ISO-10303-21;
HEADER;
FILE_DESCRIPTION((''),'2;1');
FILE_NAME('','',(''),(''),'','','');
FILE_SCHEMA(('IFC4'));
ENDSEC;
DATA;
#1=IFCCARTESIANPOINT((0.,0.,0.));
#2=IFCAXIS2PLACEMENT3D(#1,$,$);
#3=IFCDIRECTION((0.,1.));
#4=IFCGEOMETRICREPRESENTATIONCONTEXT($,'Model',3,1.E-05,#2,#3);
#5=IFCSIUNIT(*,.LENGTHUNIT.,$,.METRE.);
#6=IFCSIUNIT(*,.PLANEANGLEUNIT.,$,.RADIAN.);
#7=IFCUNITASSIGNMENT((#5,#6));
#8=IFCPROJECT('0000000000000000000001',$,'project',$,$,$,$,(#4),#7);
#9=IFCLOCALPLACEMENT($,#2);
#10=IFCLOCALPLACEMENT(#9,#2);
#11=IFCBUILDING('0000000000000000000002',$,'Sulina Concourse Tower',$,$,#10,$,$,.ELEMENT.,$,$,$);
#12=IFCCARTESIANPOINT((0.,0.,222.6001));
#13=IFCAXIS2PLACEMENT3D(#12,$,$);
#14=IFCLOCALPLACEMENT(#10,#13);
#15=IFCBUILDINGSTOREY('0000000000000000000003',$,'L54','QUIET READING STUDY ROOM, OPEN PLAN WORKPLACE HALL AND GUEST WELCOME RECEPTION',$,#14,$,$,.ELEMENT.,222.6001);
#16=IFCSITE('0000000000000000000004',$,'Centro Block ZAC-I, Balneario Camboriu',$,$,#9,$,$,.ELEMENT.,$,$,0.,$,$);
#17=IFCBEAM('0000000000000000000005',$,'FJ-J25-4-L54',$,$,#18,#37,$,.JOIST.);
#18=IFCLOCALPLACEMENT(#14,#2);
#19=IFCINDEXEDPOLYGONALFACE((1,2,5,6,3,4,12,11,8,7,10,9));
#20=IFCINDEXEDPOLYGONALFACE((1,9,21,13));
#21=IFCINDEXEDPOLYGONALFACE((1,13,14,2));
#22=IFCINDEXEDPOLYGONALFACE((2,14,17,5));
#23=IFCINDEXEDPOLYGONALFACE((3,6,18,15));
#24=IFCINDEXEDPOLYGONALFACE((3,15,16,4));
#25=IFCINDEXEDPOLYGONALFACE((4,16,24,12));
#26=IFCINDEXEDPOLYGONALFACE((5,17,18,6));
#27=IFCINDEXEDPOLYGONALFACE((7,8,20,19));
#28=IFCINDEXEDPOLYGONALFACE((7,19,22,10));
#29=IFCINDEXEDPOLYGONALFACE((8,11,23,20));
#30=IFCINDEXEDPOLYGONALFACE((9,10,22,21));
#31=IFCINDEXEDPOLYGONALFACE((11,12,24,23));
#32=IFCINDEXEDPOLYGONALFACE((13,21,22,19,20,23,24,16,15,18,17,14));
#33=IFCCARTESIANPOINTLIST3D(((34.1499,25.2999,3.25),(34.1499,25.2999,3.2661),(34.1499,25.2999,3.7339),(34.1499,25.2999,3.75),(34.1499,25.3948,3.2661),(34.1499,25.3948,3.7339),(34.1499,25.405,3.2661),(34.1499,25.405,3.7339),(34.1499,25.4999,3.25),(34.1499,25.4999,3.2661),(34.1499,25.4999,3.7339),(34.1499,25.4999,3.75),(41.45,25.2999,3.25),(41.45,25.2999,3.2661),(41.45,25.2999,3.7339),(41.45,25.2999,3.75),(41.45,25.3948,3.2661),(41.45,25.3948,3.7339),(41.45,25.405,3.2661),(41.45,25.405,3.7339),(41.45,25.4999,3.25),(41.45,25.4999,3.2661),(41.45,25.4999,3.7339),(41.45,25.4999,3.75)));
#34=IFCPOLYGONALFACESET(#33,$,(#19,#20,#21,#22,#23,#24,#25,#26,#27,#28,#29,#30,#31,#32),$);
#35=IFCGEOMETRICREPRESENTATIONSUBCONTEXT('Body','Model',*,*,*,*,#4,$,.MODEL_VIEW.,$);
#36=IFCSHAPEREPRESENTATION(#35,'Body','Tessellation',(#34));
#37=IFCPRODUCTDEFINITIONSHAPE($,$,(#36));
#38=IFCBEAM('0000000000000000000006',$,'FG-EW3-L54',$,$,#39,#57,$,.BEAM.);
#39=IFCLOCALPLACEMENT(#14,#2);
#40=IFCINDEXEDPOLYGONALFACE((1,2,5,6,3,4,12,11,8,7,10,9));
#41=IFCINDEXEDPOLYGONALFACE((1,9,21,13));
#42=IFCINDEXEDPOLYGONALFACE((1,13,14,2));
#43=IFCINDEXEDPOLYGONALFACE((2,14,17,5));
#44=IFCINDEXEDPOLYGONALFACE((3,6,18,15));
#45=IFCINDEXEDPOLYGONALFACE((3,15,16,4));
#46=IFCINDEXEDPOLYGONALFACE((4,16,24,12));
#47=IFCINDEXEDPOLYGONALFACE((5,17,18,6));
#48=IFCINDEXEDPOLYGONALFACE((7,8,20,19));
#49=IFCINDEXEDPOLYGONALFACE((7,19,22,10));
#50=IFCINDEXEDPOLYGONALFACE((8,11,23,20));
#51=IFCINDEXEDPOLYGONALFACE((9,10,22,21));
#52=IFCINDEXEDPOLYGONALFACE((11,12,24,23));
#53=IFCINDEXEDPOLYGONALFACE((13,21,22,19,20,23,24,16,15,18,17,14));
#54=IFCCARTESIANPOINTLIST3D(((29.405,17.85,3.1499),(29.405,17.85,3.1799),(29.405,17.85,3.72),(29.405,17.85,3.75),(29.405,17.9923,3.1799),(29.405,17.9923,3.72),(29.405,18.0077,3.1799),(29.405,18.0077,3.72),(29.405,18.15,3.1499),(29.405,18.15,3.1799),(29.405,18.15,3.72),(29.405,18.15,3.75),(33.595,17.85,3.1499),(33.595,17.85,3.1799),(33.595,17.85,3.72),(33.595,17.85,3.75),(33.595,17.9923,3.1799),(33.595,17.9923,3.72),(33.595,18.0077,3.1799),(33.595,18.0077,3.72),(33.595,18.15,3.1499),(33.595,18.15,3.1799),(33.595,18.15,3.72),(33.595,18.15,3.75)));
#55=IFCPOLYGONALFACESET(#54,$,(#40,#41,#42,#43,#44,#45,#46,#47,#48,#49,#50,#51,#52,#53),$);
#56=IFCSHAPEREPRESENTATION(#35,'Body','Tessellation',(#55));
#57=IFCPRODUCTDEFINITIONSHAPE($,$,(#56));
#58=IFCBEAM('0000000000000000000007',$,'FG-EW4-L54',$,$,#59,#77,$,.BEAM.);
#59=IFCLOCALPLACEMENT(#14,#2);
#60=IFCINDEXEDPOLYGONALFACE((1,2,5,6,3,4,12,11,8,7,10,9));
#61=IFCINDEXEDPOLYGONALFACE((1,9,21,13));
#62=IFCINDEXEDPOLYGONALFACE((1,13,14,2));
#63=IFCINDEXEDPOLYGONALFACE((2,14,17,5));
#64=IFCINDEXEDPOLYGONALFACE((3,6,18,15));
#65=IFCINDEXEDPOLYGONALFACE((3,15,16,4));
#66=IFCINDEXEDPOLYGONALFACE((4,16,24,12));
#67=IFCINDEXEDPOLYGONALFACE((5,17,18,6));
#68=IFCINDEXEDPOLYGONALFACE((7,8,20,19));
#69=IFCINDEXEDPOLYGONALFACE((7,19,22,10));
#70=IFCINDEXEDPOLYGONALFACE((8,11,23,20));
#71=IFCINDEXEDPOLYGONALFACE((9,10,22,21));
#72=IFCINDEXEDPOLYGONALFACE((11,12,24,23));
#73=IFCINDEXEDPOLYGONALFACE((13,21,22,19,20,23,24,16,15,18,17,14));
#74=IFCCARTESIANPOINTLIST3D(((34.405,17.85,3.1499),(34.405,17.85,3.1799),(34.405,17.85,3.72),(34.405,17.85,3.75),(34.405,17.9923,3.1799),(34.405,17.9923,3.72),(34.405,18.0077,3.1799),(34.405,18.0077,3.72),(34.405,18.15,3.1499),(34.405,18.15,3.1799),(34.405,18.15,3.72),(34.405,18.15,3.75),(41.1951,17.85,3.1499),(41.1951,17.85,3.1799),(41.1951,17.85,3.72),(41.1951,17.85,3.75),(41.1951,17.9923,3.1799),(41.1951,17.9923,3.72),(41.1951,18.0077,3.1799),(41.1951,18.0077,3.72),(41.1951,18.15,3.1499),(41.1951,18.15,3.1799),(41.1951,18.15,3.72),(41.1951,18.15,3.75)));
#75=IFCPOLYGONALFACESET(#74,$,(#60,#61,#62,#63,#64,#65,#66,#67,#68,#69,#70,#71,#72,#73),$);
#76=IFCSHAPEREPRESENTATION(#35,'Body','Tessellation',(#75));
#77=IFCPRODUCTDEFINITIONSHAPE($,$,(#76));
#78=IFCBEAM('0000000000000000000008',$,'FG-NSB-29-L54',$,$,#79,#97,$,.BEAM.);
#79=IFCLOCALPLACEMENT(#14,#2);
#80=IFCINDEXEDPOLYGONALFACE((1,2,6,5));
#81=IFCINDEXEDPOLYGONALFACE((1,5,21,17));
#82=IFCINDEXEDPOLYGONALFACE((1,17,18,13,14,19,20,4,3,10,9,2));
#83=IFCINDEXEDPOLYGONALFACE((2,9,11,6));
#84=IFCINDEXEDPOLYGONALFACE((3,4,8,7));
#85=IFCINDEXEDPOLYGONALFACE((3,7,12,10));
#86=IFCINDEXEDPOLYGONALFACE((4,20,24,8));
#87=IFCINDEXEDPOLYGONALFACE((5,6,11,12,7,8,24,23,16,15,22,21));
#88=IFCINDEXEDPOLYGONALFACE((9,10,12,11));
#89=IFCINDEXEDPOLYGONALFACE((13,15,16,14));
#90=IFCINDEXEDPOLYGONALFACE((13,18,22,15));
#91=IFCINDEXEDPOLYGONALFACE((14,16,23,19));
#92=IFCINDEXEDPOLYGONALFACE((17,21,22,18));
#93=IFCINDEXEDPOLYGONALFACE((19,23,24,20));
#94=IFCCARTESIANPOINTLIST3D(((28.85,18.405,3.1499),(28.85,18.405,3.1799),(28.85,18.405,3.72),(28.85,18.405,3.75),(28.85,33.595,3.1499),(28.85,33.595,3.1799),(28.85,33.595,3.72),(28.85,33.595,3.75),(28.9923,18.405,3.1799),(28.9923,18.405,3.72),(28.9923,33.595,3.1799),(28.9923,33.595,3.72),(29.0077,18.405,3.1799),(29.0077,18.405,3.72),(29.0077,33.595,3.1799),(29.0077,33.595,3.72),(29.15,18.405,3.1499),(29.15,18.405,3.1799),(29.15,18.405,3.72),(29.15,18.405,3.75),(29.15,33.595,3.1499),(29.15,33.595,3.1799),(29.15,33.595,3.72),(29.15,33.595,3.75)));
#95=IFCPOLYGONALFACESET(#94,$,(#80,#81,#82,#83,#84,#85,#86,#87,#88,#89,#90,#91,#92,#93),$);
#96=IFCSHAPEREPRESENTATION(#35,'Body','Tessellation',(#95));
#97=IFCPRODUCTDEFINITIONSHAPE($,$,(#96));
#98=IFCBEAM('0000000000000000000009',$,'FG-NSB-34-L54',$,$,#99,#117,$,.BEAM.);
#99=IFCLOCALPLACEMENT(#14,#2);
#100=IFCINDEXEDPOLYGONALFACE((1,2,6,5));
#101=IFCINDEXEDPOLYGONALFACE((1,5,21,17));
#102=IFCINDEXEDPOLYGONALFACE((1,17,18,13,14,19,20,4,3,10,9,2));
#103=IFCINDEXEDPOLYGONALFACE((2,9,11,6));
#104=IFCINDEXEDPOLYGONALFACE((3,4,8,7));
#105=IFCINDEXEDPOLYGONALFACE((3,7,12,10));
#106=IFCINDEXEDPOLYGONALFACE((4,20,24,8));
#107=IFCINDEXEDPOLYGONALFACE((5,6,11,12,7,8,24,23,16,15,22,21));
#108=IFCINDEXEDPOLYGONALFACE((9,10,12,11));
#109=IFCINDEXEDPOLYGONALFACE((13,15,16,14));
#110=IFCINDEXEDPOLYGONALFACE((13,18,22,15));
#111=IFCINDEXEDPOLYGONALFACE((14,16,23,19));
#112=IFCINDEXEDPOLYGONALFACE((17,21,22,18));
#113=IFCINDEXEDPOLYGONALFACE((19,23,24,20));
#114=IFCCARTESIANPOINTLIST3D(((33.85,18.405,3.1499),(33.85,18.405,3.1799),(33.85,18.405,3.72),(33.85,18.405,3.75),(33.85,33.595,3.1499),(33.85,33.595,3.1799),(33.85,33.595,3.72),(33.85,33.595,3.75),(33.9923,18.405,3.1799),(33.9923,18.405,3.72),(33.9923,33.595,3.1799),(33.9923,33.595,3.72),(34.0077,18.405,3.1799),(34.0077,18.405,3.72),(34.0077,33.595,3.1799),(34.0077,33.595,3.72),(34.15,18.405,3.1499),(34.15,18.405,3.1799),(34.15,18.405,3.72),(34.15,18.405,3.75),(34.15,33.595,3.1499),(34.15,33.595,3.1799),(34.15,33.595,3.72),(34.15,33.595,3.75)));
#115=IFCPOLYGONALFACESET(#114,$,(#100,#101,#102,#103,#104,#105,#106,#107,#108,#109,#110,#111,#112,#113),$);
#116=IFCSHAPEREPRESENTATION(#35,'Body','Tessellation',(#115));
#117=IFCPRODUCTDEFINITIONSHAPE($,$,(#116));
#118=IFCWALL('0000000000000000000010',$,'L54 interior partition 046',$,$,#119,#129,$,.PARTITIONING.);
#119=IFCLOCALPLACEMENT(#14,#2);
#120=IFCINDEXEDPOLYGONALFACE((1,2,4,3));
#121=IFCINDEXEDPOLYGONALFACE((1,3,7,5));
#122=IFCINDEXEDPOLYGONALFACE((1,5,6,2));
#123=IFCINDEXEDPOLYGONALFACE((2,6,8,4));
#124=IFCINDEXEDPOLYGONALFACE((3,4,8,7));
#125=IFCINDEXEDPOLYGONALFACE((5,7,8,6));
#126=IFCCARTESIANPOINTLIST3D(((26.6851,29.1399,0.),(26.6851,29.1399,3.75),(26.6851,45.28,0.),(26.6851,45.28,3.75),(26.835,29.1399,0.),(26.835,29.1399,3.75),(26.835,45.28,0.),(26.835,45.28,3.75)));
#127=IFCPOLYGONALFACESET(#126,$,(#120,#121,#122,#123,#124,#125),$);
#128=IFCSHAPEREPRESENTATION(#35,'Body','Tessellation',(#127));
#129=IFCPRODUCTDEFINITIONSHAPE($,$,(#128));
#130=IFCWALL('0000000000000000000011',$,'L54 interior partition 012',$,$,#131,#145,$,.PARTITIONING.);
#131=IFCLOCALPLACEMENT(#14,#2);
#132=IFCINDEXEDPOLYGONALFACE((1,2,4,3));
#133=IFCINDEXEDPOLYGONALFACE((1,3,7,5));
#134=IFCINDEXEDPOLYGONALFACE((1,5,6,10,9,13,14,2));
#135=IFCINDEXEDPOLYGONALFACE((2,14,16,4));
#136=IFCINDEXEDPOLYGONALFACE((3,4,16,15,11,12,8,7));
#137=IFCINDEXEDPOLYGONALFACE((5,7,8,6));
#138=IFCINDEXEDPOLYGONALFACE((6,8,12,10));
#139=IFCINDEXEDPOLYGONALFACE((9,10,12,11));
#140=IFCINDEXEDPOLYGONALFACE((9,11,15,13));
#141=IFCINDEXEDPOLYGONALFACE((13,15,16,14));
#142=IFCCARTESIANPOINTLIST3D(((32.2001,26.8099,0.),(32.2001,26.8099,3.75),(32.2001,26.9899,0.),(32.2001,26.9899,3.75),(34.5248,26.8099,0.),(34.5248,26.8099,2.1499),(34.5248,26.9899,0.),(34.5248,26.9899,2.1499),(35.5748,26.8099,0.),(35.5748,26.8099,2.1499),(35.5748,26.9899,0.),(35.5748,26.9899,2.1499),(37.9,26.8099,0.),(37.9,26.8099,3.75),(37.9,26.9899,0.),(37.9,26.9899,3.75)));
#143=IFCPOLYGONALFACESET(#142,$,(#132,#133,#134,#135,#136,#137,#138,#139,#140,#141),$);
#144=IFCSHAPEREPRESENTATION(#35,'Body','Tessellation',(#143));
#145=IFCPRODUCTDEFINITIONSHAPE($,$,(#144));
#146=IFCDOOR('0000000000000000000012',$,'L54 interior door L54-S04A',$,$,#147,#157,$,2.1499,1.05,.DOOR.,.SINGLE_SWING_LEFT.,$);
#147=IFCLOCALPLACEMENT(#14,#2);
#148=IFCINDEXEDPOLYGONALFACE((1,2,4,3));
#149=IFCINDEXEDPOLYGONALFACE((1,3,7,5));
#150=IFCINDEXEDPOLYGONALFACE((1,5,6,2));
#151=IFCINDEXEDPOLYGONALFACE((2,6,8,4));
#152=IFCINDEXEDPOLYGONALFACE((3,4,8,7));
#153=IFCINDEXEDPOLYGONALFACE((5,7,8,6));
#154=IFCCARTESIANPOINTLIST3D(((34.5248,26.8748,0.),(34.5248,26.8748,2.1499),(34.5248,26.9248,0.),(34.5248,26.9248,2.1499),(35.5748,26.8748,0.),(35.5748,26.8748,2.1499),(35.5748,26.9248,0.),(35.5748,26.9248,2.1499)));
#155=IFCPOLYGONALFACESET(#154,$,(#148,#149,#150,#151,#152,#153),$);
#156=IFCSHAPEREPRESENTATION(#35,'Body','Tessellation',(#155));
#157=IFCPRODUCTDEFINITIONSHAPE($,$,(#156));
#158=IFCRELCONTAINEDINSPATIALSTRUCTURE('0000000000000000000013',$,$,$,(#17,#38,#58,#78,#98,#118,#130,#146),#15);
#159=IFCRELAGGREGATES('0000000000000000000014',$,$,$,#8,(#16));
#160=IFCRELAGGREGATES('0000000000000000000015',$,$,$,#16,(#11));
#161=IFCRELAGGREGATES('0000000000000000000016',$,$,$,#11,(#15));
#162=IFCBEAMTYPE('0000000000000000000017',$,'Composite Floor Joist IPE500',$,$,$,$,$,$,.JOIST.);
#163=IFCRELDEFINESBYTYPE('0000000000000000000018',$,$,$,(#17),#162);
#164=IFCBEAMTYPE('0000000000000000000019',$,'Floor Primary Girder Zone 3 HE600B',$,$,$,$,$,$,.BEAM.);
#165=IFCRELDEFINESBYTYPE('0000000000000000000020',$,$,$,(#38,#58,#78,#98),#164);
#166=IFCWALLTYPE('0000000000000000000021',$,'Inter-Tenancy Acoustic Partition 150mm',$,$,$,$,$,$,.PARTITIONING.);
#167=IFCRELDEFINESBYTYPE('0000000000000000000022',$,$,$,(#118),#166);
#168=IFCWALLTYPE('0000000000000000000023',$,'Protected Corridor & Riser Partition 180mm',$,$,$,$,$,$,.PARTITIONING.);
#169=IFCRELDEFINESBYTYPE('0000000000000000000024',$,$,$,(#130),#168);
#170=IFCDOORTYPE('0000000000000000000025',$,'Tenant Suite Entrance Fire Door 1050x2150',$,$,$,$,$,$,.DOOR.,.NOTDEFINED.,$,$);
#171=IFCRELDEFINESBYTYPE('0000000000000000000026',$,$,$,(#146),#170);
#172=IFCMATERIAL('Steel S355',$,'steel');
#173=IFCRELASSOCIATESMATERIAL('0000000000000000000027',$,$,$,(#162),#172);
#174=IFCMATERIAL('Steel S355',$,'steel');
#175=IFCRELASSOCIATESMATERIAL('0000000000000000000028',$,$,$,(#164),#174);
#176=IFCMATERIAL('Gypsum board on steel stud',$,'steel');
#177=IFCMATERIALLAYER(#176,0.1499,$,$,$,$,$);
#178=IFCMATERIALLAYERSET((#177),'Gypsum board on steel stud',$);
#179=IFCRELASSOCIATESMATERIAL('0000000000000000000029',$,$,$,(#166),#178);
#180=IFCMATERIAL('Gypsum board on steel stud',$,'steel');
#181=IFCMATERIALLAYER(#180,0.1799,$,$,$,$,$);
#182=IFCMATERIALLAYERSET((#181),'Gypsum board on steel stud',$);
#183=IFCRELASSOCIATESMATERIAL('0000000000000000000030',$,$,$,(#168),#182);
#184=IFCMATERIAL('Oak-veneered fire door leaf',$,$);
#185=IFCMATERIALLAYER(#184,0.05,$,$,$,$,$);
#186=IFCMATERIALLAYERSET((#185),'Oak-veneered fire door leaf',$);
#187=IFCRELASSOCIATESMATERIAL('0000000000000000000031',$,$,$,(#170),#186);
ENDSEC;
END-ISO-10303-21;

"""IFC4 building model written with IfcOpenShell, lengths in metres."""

from ifc_helpers import new_model, si_unit, direction, frame, frame_2d, origin, origin_2d, place, context, subcontext, project, spatial, rectangle, i_section, extrude, material, layer, layer_set, material_profile, profile_set, type_object, element, fill, save


model = new_model("IFC4")

# Units and contexts
model_context = context("Model", 3, precision=1e-05, world=origin(), true_north=direction((0.0, 1.0)))
body_context = subcontext(model_context, "Body", "Model", "MODEL_VIEW")
ifc_project = project(units=[si_unit("LENGTHUNIT", "METRE"), si_unit("PLANEANGLEUNIT", "RADIAN")], contexts=[model_context])

# Site, building, storey
site_placement = place(None, origin())
site = spatial("IfcSite", under=ifc_project, at=site_placement, Name="Centro Block ZAC-I, Balneario Camboriu", CompositionType="ELEMENT", RefElevation=0.0)
building_placement = place(site_placement, origin())
building = spatial("IfcBuilding", under=site, at=building_placement, Name="Sulina Concourse Tower", CompositionType="ELEMENT")
storey_placement = place(building_placement, frame((0.0, 0.0, 222.6001)))
storey = spatial("IfcBuildingStorey", under=building, at=storey_placement, Name="L54", Description="QUIET READING STUDY ROOM, OPEN PLAN WORKPLACE HALL AND GUEST WELCOME RECEPTION", CompositionType="ELEMENT", Elevation=222.6001)

# Beams
ifc_material_1 = material(Name="Steel S355", Category="steel")
ifc_material_profile_1 = material_profile(ifc_material_1, i_section(OverallWidth=0.2, OverallDepth=0.5, WebThickness=0.0103, FlangeThickness=0.0161, at=origin_2d()), Name="IPE 500")
ifc_profile_set_1 = profile_set([ifc_material_profile_1], Name="Steel S355")
beam_type_1 = type_object("IfcBeamType", Name="Composite Floor Joist IPE500", PredefinedType="JOIST", material=ifc_profile_set_1)
beam_1_placement = place(storey_placement, frame((34.1499, 25.3999, 3.5), z_axis=(1.0, 0.0, 0.0), x_axis=(0.0, 1.0, 0.0)))
element("IfcBeam", 1, at=beam_1_placement, inside=storey, type_object=beam_type_1, Name="FJ-J25-4-L54", PredefinedType="JOIST", context=body_context, shape_type="SweptSolid", body=[
    extrude(i_section(OverallWidth=0.2, OverallDepth=0.5, WebThickness=0.0103, FlangeThickness=0.0161, at=origin_2d()), origin(), (0.0, 0.0, 1.0), 7.3),
])
ifc_material_2 = material(Name="Steel S355", Category="steel")
ifc_material_profile_2 = material_profile(ifc_material_2, i_section(OverallWidth=0.3, OverallDepth=0.6001, WebThickness=0.0154, FlangeThickness=0.03, at=origin_2d()), Name="HE 600 B")
ifc_profile_set_2 = profile_set([ifc_material_profile_2], Name="Steel S355")
beam_type_2 = type_object("IfcBeamType", Name="Floor Primary Girder Zone 3 HE600B", PredefinedType="BEAM", material=ifc_profile_set_2)
beam_2_placement = place(storey_placement, frame((29.405, 18.0, 3.45), z_axis=(1.0, 0.0, 0.0), x_axis=(0.0, 1.0, 0.0)))
element("IfcBeam", 2, at=beam_2_placement, inside=storey, type_object=beam_type_2, Name="FG-EW3-L54", PredefinedType="BEAM", context=body_context, shape_type="SweptSolid", body=[
    extrude(i_section(OverallWidth=0.3, OverallDepth=0.6001, WebThickness=0.0154, FlangeThickness=0.03, at=origin_2d()), origin(), (0.0, 0.0, 1.0), 4.1899),
])
beam_3_placement = place(storey_placement, frame((34.405, 18.0, 3.45), z_axis=(1.0, 0.0, 0.0), x_axis=(0.0, 1.0, 0.0)))
element("IfcBeam", 3, at=beam_3_placement, inside=storey, type_object=beam_type_2, Name="FG-EW4-L54", PredefinedType="BEAM", context=body_context, shape_type="SweptSolid", body=[
    extrude(i_section(OverallWidth=0.3, OverallDepth=0.6001, WebThickness=0.0154, FlangeThickness=0.03, at=origin_2d()), origin(), (0.0, 0.0, 1.0), 6.79),
])
for number, where, z_axis, x_axis, name in (
    (4, (29.0, 18.405, 3.45), (0.0, 1.0, 0.0), (-1.0, 0.0, 0.0), "FG-NSB-29-L54"),
    (5, (34.0, 18.405, 3.45), (0.0, 1.0, 0.0), (-1.0, 0.0, 0.0), "FG-NSB-34-L54"),
):
    element("IfcBeam", number, at=place(storey_placement, frame(where, z_axis=z_axis, x_axis=x_axis)), inside=storey, type_object=beam_type_2, Name=name, PredefinedType="BEAM", context=body_context, shape_type="SweptSolid", body=[
        extrude(i_section(OverallWidth=0.3, OverallDepth=0.6001, WebThickness=0.0154, FlangeThickness=0.03, at=origin_2d()), origin(), (0.0, 0.0, 1.0), 15.1899),
    ])

# Wall
ifc_material_3 = material(Name="Gypsum board on steel stud", Category="steel")
ifc_layer_1 = layer(ifc_material_3, 0.1499)
ifc_layer_set_1 = layer_set([ifc_layer_1], Name="Gypsum board on steel stud")
wall_type_1 = type_object("IfcWallType", Name="Inter-Tenancy Acoustic Partition 150mm", PredefinedType="PARTITIONING", material=ifc_layer_set_1)
wall_1_placement = place(storey_placement, frame((26.76, 29.1399, 0.0), z_axis=(0.0, 0.0, 1.0), x_axis=(0.0, 1.0, 0.0)))
element("IfcWall", 6, at=wall_1_placement, inside=storey, type_object=wall_type_1, Name="L54 interior partition 046", PredefinedType="PARTITIONING", context=body_context, shape_type="SweptSolid", body=[
    extrude(rectangle(XDim=16.1401, YDim=0.1499, at=frame_2d((8.0701, 0.0))), origin(), (0.0, 0.0, 1.0), 3.75),
])

# Wall, opening, door
ifc_material_4 = material(Name="Gypsum board on steel stud", Category="steel")
ifc_layer_2 = layer(ifc_material_4, 0.1799)
ifc_layer_set_2 = layer_set([ifc_layer_2], Name="Gypsum board on steel stud")
wall_type_2 = type_object("IfcWallType", Name="Protected Corridor & Riser Partition 180mm", PredefinedType="PARTITIONING", material=ifc_layer_set_2)
wall_2_placement = place(storey_placement, frame((32.2, 26.8999, 0.0), z_axis=(0.0, 0.0, 1.0), x_axis=(1.0, 0.0, 0.0)))
wall_2 = element("IfcWall", 7, at=wall_2_placement, inside=storey, type_object=wall_type_2, Name="L54 interior partition 012", PredefinedType="PARTITIONING", context=body_context, shape_type="SweptSolid", body=[
    extrude(rectangle(XDim=5.7, YDim=0.1799, at=frame_2d((2.8501, 0.0))), origin(), (0.0, 0.0, 1.0), 3.75),
])
opening_1_placement = place(wall_2_placement, frame((2.325, 0.0, 0.0)))
opening_1 = element("IfcOpeningElement", 8, at=opening_1_placement, cuts=wall_2, PredefinedType="OPENING", context=body_context, shape_type="SweptSolid", body=[
    extrude(rectangle(XDim=1.05, YDim=2.1499, at=frame_2d((0.5249, 1.075))), frame((0.0, 0.0999, 0.0), z_axis=(0.0, -1.0, 0.0), x_axis=(1.0, 0.0, 0.0)), (0.0, 0.0, 1.0), 0.2),
])
ifc_material_5 = material(Name="Oak-veneered fire door leaf")
ifc_layer_3 = layer(ifc_material_5, 0.05)
ifc_layer_set_3 = layer_set([ifc_layer_3], Name="Oak-veneered fire door leaf")
door_type_1 = type_object("IfcDoorType", Name="Tenant Suite Entrance Fire Door 1050x2150", OperationType="NOTDEFINED", PredefinedType="DOOR", material=ifc_layer_set_3)
door_1_placement = place(opening_1_placement, origin())
door_1 = element("IfcDoor", 9, at=door_1_placement, inside=storey, type_object=door_type_1, Name="L54 interior door L54-S04A", OperationType="SINGLE_SWING_LEFT", OverallHeight=2.1499, OverallWidth=1.05, PredefinedType="DOOR", context=body_context, shape_type="SweptSolid", body=[
    extrude(rectangle(XDim=1.05, YDim=2.1499, at=frame_2d((0.5249, 1.075))), frame((0.0, 0.0249, 0.0), z_axis=(0.0, -1.0, 0.0), x_axis=(1.0, 0.0, 0.0)), (0.0, 0.0, 1.0), 0.05),
])
fill(opening_1, door_1)

save(model, "model.ifc")
